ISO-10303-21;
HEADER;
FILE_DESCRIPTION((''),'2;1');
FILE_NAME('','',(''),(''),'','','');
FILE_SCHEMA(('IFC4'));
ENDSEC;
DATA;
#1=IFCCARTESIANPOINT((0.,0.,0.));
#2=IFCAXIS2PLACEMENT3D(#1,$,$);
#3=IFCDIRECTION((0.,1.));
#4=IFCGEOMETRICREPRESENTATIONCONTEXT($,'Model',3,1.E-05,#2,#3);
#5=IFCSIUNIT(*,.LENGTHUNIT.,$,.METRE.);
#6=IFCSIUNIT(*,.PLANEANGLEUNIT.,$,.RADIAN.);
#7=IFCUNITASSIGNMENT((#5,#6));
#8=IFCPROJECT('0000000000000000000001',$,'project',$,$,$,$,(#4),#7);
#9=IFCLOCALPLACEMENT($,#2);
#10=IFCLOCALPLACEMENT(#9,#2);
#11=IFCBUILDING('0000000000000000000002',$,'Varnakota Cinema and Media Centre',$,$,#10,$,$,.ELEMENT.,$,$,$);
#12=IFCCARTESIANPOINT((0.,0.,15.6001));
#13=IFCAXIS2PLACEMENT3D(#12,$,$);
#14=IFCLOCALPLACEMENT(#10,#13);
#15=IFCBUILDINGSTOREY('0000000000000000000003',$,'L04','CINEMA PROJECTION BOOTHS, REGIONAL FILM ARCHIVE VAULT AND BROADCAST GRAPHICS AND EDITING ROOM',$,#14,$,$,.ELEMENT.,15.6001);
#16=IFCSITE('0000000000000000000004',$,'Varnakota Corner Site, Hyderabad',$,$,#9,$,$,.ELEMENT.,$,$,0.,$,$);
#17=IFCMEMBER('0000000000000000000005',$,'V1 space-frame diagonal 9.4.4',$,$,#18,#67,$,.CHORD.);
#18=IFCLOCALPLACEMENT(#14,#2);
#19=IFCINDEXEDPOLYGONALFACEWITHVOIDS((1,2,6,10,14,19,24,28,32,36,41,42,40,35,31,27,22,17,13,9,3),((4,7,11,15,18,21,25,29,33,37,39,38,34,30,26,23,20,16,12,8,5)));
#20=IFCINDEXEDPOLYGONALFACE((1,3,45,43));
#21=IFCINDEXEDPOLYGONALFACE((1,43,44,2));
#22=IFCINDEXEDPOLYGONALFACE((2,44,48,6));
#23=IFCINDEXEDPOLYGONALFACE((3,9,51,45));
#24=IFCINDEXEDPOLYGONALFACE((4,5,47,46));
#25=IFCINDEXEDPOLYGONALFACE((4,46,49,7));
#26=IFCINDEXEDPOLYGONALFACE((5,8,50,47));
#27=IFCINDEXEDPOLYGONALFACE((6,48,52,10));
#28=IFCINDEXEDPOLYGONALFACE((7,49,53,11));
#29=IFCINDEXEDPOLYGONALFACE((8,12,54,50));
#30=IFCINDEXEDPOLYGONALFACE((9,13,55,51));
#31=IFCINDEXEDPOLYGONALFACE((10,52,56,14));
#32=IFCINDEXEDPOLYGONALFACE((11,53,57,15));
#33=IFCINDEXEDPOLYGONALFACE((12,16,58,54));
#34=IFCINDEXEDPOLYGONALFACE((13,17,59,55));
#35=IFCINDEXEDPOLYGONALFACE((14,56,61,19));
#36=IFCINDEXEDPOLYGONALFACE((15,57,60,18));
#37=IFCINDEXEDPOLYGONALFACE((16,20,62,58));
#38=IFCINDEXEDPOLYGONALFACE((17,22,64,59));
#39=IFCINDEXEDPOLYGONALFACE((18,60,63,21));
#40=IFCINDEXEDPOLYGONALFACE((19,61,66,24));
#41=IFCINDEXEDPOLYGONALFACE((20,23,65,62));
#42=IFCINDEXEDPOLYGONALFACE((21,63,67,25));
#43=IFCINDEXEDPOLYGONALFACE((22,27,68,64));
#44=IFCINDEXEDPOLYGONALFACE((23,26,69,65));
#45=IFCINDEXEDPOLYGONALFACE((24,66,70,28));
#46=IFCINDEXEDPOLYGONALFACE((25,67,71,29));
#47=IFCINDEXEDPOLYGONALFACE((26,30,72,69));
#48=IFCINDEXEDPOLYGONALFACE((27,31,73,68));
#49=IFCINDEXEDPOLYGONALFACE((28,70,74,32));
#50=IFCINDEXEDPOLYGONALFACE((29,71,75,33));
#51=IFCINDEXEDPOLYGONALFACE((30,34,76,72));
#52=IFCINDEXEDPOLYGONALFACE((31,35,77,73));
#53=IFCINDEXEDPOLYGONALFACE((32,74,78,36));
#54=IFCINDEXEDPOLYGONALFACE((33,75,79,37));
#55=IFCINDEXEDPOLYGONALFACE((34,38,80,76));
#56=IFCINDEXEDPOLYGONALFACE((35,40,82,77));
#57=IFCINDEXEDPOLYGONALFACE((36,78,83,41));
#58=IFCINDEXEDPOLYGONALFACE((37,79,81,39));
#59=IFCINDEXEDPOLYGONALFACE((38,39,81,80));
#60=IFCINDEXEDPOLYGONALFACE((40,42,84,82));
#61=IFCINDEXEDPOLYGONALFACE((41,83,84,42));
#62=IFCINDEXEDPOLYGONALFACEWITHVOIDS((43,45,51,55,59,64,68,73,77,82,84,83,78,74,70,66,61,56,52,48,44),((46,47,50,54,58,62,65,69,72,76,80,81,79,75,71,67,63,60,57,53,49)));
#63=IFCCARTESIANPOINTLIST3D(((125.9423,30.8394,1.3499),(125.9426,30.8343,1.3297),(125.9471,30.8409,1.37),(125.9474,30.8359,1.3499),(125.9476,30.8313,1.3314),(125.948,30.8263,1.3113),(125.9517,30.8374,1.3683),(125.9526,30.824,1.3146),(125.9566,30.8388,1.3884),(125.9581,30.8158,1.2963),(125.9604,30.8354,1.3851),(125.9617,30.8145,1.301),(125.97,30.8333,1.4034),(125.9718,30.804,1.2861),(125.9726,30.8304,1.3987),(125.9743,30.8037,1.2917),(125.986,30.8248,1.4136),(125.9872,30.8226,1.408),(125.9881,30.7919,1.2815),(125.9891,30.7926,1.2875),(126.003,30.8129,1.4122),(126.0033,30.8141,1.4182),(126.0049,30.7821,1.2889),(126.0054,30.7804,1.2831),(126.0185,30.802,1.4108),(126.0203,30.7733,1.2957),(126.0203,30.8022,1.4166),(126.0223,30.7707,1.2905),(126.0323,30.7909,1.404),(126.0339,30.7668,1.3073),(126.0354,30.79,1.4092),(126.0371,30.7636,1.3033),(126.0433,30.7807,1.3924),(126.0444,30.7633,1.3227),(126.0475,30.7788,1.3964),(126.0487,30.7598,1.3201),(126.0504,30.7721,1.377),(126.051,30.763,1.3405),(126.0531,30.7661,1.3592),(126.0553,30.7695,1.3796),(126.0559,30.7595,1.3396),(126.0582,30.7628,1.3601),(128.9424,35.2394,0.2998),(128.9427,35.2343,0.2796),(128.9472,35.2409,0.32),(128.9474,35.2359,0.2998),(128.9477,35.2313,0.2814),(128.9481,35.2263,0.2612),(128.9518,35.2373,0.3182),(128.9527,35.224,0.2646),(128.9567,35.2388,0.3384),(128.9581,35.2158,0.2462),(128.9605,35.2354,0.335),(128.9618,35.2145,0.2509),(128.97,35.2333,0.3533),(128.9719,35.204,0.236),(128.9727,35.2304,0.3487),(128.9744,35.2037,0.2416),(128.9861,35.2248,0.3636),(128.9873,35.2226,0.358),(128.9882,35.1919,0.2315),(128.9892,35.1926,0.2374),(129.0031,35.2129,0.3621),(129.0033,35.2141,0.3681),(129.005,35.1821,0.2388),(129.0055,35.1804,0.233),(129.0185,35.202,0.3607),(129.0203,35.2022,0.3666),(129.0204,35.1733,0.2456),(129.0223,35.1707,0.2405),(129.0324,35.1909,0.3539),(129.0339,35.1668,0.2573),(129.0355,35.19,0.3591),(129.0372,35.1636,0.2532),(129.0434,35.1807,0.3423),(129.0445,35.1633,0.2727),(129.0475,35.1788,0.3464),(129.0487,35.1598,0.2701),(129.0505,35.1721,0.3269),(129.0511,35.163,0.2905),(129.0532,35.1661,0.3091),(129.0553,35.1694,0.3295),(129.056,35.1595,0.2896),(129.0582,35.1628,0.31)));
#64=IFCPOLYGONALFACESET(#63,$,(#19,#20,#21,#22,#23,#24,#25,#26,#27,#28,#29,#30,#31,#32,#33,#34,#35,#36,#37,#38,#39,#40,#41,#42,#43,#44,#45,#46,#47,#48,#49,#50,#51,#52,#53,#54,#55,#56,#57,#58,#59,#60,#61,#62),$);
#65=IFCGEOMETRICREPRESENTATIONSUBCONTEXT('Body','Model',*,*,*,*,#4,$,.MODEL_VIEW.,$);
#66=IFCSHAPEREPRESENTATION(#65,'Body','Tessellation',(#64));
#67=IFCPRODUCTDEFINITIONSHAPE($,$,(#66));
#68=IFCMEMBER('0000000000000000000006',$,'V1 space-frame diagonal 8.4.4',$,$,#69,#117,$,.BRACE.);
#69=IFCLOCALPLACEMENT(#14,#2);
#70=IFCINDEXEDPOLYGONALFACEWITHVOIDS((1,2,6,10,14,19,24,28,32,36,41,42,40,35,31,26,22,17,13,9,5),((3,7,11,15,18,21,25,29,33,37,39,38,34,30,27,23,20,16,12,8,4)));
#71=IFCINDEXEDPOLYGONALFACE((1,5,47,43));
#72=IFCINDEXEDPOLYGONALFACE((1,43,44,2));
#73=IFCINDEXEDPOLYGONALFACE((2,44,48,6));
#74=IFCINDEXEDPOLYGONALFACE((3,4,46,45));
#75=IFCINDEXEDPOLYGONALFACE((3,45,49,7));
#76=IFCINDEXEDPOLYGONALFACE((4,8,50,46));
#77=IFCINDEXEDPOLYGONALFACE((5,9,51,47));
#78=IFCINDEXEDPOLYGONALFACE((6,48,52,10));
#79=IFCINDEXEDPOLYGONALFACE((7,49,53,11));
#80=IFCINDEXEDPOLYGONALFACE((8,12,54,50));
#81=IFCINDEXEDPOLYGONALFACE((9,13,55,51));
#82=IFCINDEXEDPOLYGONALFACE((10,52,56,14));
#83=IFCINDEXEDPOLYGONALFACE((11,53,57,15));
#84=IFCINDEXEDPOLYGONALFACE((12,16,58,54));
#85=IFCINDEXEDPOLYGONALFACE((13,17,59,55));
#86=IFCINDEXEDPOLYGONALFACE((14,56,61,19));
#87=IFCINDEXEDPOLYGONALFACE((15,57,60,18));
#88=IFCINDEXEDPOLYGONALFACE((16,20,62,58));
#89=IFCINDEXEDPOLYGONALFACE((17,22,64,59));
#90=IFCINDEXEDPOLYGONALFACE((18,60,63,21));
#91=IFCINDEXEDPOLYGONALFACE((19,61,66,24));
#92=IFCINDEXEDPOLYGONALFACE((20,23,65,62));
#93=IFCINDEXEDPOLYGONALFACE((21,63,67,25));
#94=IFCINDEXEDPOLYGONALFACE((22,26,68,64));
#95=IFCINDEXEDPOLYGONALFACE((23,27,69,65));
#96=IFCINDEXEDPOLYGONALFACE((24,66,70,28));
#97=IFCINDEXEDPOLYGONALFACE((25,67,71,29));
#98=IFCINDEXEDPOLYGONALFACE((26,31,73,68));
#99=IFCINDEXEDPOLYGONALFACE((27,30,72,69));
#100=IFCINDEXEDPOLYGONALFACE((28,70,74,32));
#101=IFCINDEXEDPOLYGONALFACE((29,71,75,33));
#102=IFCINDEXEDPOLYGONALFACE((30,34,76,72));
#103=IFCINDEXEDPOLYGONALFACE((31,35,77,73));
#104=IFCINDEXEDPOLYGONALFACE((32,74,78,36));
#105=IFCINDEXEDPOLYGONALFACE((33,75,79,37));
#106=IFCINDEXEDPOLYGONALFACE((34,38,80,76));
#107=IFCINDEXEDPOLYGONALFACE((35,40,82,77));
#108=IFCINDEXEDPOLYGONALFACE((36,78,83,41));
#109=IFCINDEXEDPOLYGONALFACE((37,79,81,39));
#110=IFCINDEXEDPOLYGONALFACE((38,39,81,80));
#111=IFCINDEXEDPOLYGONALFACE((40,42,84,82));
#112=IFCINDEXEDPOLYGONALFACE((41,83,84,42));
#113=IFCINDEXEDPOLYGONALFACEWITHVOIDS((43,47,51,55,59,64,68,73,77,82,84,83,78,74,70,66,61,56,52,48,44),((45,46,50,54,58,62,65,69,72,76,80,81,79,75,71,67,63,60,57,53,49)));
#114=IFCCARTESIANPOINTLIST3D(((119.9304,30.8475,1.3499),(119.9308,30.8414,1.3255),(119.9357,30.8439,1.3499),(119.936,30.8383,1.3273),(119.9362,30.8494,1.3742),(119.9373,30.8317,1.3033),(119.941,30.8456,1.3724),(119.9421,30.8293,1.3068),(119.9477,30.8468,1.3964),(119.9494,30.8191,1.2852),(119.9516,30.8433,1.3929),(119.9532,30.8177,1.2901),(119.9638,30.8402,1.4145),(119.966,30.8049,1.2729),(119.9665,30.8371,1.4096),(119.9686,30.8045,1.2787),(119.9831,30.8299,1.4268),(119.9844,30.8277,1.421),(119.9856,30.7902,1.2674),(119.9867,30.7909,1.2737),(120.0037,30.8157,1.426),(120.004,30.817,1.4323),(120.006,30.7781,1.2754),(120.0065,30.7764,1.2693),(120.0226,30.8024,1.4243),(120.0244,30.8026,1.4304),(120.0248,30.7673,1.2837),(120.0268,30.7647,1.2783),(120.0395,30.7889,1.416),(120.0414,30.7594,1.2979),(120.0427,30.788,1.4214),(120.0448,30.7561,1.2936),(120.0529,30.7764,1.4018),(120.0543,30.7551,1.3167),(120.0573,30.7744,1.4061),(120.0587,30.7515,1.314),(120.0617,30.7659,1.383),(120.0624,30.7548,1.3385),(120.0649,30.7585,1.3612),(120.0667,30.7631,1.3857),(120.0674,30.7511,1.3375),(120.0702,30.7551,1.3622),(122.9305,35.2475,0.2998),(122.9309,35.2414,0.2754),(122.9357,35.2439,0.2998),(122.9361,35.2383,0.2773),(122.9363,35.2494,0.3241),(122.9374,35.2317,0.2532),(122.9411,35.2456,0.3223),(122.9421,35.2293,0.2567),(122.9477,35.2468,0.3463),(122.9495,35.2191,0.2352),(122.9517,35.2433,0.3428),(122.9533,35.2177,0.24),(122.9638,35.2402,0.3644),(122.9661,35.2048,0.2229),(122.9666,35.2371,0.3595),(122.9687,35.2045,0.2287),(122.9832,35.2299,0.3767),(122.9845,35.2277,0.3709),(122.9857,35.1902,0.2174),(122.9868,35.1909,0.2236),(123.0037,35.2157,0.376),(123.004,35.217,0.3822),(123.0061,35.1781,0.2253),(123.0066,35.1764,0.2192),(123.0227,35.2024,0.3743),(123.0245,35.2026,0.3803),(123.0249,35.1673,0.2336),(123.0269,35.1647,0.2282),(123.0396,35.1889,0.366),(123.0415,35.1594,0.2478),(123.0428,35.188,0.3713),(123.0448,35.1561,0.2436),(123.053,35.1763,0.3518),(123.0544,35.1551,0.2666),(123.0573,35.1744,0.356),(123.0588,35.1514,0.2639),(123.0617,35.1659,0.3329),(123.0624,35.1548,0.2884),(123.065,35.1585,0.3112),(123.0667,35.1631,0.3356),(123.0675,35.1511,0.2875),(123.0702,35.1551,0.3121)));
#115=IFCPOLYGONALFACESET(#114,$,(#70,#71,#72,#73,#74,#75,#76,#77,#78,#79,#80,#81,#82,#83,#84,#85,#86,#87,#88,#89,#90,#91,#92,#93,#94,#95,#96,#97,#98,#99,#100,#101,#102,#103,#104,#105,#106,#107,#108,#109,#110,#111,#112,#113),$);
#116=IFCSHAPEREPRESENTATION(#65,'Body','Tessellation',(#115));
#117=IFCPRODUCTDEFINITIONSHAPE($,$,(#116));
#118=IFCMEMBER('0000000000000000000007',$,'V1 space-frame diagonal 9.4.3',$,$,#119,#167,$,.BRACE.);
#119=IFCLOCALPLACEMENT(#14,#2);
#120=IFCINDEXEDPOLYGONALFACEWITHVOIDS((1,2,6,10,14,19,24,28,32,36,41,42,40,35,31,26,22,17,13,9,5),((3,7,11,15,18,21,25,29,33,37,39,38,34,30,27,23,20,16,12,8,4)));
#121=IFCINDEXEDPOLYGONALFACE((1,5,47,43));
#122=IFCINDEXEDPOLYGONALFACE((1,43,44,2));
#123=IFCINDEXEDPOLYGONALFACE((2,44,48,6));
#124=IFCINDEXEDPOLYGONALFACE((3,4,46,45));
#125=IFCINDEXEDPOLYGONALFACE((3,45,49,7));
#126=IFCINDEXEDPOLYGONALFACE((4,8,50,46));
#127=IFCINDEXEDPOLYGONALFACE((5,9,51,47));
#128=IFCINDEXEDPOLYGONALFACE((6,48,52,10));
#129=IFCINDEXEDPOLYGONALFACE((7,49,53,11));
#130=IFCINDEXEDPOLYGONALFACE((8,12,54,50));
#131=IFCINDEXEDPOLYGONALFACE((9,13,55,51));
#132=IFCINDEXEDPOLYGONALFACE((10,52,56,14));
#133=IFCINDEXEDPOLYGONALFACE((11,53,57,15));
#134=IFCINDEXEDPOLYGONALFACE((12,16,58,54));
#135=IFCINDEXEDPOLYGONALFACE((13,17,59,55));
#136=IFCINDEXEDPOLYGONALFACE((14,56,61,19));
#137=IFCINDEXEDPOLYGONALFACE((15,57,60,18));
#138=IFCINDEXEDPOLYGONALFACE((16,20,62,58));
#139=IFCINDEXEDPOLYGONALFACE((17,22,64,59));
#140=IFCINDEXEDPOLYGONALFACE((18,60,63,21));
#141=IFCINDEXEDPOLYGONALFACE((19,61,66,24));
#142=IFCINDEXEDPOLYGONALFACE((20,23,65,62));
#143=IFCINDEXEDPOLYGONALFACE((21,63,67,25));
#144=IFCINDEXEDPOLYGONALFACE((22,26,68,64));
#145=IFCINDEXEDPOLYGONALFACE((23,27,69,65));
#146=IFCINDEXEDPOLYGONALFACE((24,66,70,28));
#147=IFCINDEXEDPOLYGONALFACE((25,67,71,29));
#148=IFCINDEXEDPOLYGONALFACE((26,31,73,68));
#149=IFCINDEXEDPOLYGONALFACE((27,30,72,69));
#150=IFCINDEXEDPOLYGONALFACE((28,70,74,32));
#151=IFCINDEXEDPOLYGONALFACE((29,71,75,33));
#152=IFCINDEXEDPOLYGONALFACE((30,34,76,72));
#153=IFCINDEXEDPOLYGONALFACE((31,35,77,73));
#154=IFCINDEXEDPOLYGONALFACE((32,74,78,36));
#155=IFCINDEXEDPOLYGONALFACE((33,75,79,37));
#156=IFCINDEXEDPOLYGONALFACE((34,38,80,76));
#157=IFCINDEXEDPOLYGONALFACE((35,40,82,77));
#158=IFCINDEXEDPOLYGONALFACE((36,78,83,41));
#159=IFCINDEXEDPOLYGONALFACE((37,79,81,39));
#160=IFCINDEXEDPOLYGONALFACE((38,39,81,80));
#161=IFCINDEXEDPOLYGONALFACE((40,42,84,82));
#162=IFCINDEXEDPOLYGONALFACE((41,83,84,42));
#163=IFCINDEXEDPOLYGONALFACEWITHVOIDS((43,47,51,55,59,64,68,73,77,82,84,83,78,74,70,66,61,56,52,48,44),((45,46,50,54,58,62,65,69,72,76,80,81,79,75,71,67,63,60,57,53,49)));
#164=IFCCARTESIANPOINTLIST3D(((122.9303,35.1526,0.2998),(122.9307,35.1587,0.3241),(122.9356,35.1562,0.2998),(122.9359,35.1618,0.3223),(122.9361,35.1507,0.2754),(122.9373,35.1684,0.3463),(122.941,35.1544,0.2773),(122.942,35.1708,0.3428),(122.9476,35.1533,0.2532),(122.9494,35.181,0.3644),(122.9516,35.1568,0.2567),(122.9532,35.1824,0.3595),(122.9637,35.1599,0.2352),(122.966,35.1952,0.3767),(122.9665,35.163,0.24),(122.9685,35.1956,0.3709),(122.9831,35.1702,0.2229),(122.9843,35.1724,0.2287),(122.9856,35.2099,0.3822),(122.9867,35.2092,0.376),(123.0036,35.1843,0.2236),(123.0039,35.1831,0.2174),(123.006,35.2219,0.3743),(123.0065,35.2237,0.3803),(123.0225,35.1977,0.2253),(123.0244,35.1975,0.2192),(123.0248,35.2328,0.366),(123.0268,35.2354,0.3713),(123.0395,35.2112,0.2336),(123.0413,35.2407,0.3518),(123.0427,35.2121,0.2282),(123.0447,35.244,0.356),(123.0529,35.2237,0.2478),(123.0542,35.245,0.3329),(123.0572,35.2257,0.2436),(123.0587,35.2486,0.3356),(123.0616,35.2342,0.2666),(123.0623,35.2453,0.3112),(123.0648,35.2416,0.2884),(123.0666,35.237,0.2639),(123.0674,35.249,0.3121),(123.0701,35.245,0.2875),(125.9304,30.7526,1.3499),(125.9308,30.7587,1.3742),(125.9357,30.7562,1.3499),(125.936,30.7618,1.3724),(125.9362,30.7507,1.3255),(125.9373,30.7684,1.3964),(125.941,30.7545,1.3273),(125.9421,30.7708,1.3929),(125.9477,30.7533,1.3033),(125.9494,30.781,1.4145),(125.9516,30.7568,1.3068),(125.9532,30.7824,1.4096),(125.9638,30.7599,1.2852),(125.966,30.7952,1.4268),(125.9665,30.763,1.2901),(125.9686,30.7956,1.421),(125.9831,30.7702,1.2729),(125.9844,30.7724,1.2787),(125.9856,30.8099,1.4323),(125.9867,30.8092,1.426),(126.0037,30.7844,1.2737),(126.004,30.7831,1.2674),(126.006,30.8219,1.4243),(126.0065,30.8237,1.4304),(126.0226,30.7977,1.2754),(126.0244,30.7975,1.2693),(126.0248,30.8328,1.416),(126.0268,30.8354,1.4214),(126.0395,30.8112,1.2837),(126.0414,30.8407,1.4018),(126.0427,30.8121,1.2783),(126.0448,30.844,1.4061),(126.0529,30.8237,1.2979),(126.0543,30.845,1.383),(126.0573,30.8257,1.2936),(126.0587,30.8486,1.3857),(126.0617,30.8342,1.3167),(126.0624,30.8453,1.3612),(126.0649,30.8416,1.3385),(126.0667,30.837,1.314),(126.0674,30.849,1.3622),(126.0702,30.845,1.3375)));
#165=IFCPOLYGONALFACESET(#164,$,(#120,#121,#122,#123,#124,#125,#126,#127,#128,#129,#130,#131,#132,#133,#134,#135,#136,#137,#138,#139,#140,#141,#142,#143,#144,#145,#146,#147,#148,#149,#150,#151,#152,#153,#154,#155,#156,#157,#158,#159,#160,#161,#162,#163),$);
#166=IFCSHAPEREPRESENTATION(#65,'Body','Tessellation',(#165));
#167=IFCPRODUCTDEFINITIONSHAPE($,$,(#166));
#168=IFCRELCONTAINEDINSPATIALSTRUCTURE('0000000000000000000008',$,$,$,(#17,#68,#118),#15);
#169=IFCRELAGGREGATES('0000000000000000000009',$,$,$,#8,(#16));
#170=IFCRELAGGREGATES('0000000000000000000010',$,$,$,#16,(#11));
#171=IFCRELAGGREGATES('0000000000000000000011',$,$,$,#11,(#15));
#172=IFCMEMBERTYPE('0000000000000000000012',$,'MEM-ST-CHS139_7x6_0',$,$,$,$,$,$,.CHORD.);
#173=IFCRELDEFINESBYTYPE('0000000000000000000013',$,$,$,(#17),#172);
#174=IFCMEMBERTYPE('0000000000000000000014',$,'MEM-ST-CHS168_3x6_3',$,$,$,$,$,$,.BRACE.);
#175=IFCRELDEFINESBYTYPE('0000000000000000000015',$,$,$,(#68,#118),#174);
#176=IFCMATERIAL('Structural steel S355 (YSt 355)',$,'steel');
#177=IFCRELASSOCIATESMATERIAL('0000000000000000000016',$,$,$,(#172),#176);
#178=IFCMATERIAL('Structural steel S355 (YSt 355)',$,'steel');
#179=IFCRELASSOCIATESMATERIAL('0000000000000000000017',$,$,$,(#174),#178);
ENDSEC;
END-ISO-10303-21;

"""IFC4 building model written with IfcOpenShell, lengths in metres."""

from ifc_helpers import new_model, si_unit, direction, frame, origin, origin_2d, place, context, subcontext, project, spatial, hollow_circle, extrude, material, material_profile, profile_set, type_object, element, save


model = new_model("IFC4")

# Units and contexts
model_context = context("Model", 3, precision=1e-05, world=origin(), true_north=direction((0.0, 1.0)))
body_context = subcontext(model_context, "Body", "Model", "MODEL_VIEW")
ifc_project = project(units=[si_unit("LENGTHUNIT", "METRE"), si_unit("PLANEANGLEUNIT", "RADIAN")], contexts=[model_context])

# Site, building, storey
site_placement = place(None, origin())
site = spatial("IfcSite", under=ifc_project, at=site_placement, Name="Varnakota Corner Site, Hyderabad", CompositionType="ELEMENT", RefElevation=0.0)
building_placement = place(site_placement, origin())
building = spatial("IfcBuilding", under=site, at=building_placement, Name="Varnakota Cinema and Media Centre", CompositionType="ELEMENT")
storey_placement = place(building_placement, frame((0.0, 0.0, 15.6001)))
storey = spatial("IfcBuildingStorey", under=building, at=storey_placement, Name="L04", Description="CINEMA PROJECTION BOOTHS, REGIONAL FILM ARCHIVE VAULT AND BROADCAST GRAPHICS AND EDITING ROOM", CompositionType="ELEMENT", Elevation=15.6001)

# Members
ifc_material_1 = material(Name="Structural steel S355 (YSt 355)", Category="steel")
ifc_material_profile_1 = material_profile(ifc_material_1, hollow_circle(Radius=0.0698, WallThickness=0.0061, at=origin_2d()), Name="CHS 139.7x6.0")
ifc_profile_set_1 = profile_set([ifc_material_profile_1], Name="Structural steel S355 (YSt 355)")
member_type_1 = type_object("IfcMemberType", Name="MEM-ST-CHS139_7x6_0", PredefinedType="CHORD", material=ifc_profile_set_1)
member_1_placement = place(storey_placement, frame((126.0, 30.8, 1.3499), z_axis=(0.552703, 0.810613, -0.193455), x_axis=(-0.826222, 0.563345, 0.0)))
element("IfcMember", 1, at=member_1_placement, inside=storey, type_object=member_type_1, Name="V1 space-frame diagonal 9.4.4", PredefinedType="CHORD", context=body_context, shape_type="SweptSolid", body=[
    extrude(hollow_circle(Radius=0.0698, WallThickness=0.0061, at=origin_2d()), origin(), (0.0, 0.0, 1.0), 5.428),
])
ifc_material_2 = material(Name="Structural steel S355 (YSt 355)", Category="steel")
ifc_material_profile_2 = material_profile(ifc_material_2, hollow_circle(Radius=0.0842, WallThickness=0.0063, at=origin_2d()), Name="CHS 168.3x6.3")
ifc_profile_set_2 = profile_set([ifc_material_profile_2], Name="Structural steel S355 (YSt 355)")
member_type_2 = type_object("IfcMemberType", Name="MEM-ST-CHS168_3x6_3", PredefinedType="BRACE", material=ifc_profile_set_2)
for number, where, z_axis, x_axis, name in (
    (2, (120.0, 30.8, 1.3499), (0.552703, 0.810613, -0.193455), (-0.826222, 0.563345, 0.0), "V1 space-frame diagonal 8.4.4"),
    (3, (126.0, 30.8, 1.3499), (-0.552703, 0.810613, -0.193455), (-0.826222, -0.563345, 0.0), "V1 space-frame diagonal 9.4.3"),
):
    element("IfcMember", number, at=place(storey_placement, frame(where, z_axis=z_axis, x_axis=x_axis)), inside=storey, type_object=member_type_2, Name=name, PredefinedType="BRACE", context=body_context, shape_type="SweptSolid", body=[
        extrude(hollow_circle(Radius=0.0842, WallThickness=0.0063, at=origin_2d()), origin(), (0.0, 0.0, 1.0), 5.428),
    ])

save(model, "model.ifc")
